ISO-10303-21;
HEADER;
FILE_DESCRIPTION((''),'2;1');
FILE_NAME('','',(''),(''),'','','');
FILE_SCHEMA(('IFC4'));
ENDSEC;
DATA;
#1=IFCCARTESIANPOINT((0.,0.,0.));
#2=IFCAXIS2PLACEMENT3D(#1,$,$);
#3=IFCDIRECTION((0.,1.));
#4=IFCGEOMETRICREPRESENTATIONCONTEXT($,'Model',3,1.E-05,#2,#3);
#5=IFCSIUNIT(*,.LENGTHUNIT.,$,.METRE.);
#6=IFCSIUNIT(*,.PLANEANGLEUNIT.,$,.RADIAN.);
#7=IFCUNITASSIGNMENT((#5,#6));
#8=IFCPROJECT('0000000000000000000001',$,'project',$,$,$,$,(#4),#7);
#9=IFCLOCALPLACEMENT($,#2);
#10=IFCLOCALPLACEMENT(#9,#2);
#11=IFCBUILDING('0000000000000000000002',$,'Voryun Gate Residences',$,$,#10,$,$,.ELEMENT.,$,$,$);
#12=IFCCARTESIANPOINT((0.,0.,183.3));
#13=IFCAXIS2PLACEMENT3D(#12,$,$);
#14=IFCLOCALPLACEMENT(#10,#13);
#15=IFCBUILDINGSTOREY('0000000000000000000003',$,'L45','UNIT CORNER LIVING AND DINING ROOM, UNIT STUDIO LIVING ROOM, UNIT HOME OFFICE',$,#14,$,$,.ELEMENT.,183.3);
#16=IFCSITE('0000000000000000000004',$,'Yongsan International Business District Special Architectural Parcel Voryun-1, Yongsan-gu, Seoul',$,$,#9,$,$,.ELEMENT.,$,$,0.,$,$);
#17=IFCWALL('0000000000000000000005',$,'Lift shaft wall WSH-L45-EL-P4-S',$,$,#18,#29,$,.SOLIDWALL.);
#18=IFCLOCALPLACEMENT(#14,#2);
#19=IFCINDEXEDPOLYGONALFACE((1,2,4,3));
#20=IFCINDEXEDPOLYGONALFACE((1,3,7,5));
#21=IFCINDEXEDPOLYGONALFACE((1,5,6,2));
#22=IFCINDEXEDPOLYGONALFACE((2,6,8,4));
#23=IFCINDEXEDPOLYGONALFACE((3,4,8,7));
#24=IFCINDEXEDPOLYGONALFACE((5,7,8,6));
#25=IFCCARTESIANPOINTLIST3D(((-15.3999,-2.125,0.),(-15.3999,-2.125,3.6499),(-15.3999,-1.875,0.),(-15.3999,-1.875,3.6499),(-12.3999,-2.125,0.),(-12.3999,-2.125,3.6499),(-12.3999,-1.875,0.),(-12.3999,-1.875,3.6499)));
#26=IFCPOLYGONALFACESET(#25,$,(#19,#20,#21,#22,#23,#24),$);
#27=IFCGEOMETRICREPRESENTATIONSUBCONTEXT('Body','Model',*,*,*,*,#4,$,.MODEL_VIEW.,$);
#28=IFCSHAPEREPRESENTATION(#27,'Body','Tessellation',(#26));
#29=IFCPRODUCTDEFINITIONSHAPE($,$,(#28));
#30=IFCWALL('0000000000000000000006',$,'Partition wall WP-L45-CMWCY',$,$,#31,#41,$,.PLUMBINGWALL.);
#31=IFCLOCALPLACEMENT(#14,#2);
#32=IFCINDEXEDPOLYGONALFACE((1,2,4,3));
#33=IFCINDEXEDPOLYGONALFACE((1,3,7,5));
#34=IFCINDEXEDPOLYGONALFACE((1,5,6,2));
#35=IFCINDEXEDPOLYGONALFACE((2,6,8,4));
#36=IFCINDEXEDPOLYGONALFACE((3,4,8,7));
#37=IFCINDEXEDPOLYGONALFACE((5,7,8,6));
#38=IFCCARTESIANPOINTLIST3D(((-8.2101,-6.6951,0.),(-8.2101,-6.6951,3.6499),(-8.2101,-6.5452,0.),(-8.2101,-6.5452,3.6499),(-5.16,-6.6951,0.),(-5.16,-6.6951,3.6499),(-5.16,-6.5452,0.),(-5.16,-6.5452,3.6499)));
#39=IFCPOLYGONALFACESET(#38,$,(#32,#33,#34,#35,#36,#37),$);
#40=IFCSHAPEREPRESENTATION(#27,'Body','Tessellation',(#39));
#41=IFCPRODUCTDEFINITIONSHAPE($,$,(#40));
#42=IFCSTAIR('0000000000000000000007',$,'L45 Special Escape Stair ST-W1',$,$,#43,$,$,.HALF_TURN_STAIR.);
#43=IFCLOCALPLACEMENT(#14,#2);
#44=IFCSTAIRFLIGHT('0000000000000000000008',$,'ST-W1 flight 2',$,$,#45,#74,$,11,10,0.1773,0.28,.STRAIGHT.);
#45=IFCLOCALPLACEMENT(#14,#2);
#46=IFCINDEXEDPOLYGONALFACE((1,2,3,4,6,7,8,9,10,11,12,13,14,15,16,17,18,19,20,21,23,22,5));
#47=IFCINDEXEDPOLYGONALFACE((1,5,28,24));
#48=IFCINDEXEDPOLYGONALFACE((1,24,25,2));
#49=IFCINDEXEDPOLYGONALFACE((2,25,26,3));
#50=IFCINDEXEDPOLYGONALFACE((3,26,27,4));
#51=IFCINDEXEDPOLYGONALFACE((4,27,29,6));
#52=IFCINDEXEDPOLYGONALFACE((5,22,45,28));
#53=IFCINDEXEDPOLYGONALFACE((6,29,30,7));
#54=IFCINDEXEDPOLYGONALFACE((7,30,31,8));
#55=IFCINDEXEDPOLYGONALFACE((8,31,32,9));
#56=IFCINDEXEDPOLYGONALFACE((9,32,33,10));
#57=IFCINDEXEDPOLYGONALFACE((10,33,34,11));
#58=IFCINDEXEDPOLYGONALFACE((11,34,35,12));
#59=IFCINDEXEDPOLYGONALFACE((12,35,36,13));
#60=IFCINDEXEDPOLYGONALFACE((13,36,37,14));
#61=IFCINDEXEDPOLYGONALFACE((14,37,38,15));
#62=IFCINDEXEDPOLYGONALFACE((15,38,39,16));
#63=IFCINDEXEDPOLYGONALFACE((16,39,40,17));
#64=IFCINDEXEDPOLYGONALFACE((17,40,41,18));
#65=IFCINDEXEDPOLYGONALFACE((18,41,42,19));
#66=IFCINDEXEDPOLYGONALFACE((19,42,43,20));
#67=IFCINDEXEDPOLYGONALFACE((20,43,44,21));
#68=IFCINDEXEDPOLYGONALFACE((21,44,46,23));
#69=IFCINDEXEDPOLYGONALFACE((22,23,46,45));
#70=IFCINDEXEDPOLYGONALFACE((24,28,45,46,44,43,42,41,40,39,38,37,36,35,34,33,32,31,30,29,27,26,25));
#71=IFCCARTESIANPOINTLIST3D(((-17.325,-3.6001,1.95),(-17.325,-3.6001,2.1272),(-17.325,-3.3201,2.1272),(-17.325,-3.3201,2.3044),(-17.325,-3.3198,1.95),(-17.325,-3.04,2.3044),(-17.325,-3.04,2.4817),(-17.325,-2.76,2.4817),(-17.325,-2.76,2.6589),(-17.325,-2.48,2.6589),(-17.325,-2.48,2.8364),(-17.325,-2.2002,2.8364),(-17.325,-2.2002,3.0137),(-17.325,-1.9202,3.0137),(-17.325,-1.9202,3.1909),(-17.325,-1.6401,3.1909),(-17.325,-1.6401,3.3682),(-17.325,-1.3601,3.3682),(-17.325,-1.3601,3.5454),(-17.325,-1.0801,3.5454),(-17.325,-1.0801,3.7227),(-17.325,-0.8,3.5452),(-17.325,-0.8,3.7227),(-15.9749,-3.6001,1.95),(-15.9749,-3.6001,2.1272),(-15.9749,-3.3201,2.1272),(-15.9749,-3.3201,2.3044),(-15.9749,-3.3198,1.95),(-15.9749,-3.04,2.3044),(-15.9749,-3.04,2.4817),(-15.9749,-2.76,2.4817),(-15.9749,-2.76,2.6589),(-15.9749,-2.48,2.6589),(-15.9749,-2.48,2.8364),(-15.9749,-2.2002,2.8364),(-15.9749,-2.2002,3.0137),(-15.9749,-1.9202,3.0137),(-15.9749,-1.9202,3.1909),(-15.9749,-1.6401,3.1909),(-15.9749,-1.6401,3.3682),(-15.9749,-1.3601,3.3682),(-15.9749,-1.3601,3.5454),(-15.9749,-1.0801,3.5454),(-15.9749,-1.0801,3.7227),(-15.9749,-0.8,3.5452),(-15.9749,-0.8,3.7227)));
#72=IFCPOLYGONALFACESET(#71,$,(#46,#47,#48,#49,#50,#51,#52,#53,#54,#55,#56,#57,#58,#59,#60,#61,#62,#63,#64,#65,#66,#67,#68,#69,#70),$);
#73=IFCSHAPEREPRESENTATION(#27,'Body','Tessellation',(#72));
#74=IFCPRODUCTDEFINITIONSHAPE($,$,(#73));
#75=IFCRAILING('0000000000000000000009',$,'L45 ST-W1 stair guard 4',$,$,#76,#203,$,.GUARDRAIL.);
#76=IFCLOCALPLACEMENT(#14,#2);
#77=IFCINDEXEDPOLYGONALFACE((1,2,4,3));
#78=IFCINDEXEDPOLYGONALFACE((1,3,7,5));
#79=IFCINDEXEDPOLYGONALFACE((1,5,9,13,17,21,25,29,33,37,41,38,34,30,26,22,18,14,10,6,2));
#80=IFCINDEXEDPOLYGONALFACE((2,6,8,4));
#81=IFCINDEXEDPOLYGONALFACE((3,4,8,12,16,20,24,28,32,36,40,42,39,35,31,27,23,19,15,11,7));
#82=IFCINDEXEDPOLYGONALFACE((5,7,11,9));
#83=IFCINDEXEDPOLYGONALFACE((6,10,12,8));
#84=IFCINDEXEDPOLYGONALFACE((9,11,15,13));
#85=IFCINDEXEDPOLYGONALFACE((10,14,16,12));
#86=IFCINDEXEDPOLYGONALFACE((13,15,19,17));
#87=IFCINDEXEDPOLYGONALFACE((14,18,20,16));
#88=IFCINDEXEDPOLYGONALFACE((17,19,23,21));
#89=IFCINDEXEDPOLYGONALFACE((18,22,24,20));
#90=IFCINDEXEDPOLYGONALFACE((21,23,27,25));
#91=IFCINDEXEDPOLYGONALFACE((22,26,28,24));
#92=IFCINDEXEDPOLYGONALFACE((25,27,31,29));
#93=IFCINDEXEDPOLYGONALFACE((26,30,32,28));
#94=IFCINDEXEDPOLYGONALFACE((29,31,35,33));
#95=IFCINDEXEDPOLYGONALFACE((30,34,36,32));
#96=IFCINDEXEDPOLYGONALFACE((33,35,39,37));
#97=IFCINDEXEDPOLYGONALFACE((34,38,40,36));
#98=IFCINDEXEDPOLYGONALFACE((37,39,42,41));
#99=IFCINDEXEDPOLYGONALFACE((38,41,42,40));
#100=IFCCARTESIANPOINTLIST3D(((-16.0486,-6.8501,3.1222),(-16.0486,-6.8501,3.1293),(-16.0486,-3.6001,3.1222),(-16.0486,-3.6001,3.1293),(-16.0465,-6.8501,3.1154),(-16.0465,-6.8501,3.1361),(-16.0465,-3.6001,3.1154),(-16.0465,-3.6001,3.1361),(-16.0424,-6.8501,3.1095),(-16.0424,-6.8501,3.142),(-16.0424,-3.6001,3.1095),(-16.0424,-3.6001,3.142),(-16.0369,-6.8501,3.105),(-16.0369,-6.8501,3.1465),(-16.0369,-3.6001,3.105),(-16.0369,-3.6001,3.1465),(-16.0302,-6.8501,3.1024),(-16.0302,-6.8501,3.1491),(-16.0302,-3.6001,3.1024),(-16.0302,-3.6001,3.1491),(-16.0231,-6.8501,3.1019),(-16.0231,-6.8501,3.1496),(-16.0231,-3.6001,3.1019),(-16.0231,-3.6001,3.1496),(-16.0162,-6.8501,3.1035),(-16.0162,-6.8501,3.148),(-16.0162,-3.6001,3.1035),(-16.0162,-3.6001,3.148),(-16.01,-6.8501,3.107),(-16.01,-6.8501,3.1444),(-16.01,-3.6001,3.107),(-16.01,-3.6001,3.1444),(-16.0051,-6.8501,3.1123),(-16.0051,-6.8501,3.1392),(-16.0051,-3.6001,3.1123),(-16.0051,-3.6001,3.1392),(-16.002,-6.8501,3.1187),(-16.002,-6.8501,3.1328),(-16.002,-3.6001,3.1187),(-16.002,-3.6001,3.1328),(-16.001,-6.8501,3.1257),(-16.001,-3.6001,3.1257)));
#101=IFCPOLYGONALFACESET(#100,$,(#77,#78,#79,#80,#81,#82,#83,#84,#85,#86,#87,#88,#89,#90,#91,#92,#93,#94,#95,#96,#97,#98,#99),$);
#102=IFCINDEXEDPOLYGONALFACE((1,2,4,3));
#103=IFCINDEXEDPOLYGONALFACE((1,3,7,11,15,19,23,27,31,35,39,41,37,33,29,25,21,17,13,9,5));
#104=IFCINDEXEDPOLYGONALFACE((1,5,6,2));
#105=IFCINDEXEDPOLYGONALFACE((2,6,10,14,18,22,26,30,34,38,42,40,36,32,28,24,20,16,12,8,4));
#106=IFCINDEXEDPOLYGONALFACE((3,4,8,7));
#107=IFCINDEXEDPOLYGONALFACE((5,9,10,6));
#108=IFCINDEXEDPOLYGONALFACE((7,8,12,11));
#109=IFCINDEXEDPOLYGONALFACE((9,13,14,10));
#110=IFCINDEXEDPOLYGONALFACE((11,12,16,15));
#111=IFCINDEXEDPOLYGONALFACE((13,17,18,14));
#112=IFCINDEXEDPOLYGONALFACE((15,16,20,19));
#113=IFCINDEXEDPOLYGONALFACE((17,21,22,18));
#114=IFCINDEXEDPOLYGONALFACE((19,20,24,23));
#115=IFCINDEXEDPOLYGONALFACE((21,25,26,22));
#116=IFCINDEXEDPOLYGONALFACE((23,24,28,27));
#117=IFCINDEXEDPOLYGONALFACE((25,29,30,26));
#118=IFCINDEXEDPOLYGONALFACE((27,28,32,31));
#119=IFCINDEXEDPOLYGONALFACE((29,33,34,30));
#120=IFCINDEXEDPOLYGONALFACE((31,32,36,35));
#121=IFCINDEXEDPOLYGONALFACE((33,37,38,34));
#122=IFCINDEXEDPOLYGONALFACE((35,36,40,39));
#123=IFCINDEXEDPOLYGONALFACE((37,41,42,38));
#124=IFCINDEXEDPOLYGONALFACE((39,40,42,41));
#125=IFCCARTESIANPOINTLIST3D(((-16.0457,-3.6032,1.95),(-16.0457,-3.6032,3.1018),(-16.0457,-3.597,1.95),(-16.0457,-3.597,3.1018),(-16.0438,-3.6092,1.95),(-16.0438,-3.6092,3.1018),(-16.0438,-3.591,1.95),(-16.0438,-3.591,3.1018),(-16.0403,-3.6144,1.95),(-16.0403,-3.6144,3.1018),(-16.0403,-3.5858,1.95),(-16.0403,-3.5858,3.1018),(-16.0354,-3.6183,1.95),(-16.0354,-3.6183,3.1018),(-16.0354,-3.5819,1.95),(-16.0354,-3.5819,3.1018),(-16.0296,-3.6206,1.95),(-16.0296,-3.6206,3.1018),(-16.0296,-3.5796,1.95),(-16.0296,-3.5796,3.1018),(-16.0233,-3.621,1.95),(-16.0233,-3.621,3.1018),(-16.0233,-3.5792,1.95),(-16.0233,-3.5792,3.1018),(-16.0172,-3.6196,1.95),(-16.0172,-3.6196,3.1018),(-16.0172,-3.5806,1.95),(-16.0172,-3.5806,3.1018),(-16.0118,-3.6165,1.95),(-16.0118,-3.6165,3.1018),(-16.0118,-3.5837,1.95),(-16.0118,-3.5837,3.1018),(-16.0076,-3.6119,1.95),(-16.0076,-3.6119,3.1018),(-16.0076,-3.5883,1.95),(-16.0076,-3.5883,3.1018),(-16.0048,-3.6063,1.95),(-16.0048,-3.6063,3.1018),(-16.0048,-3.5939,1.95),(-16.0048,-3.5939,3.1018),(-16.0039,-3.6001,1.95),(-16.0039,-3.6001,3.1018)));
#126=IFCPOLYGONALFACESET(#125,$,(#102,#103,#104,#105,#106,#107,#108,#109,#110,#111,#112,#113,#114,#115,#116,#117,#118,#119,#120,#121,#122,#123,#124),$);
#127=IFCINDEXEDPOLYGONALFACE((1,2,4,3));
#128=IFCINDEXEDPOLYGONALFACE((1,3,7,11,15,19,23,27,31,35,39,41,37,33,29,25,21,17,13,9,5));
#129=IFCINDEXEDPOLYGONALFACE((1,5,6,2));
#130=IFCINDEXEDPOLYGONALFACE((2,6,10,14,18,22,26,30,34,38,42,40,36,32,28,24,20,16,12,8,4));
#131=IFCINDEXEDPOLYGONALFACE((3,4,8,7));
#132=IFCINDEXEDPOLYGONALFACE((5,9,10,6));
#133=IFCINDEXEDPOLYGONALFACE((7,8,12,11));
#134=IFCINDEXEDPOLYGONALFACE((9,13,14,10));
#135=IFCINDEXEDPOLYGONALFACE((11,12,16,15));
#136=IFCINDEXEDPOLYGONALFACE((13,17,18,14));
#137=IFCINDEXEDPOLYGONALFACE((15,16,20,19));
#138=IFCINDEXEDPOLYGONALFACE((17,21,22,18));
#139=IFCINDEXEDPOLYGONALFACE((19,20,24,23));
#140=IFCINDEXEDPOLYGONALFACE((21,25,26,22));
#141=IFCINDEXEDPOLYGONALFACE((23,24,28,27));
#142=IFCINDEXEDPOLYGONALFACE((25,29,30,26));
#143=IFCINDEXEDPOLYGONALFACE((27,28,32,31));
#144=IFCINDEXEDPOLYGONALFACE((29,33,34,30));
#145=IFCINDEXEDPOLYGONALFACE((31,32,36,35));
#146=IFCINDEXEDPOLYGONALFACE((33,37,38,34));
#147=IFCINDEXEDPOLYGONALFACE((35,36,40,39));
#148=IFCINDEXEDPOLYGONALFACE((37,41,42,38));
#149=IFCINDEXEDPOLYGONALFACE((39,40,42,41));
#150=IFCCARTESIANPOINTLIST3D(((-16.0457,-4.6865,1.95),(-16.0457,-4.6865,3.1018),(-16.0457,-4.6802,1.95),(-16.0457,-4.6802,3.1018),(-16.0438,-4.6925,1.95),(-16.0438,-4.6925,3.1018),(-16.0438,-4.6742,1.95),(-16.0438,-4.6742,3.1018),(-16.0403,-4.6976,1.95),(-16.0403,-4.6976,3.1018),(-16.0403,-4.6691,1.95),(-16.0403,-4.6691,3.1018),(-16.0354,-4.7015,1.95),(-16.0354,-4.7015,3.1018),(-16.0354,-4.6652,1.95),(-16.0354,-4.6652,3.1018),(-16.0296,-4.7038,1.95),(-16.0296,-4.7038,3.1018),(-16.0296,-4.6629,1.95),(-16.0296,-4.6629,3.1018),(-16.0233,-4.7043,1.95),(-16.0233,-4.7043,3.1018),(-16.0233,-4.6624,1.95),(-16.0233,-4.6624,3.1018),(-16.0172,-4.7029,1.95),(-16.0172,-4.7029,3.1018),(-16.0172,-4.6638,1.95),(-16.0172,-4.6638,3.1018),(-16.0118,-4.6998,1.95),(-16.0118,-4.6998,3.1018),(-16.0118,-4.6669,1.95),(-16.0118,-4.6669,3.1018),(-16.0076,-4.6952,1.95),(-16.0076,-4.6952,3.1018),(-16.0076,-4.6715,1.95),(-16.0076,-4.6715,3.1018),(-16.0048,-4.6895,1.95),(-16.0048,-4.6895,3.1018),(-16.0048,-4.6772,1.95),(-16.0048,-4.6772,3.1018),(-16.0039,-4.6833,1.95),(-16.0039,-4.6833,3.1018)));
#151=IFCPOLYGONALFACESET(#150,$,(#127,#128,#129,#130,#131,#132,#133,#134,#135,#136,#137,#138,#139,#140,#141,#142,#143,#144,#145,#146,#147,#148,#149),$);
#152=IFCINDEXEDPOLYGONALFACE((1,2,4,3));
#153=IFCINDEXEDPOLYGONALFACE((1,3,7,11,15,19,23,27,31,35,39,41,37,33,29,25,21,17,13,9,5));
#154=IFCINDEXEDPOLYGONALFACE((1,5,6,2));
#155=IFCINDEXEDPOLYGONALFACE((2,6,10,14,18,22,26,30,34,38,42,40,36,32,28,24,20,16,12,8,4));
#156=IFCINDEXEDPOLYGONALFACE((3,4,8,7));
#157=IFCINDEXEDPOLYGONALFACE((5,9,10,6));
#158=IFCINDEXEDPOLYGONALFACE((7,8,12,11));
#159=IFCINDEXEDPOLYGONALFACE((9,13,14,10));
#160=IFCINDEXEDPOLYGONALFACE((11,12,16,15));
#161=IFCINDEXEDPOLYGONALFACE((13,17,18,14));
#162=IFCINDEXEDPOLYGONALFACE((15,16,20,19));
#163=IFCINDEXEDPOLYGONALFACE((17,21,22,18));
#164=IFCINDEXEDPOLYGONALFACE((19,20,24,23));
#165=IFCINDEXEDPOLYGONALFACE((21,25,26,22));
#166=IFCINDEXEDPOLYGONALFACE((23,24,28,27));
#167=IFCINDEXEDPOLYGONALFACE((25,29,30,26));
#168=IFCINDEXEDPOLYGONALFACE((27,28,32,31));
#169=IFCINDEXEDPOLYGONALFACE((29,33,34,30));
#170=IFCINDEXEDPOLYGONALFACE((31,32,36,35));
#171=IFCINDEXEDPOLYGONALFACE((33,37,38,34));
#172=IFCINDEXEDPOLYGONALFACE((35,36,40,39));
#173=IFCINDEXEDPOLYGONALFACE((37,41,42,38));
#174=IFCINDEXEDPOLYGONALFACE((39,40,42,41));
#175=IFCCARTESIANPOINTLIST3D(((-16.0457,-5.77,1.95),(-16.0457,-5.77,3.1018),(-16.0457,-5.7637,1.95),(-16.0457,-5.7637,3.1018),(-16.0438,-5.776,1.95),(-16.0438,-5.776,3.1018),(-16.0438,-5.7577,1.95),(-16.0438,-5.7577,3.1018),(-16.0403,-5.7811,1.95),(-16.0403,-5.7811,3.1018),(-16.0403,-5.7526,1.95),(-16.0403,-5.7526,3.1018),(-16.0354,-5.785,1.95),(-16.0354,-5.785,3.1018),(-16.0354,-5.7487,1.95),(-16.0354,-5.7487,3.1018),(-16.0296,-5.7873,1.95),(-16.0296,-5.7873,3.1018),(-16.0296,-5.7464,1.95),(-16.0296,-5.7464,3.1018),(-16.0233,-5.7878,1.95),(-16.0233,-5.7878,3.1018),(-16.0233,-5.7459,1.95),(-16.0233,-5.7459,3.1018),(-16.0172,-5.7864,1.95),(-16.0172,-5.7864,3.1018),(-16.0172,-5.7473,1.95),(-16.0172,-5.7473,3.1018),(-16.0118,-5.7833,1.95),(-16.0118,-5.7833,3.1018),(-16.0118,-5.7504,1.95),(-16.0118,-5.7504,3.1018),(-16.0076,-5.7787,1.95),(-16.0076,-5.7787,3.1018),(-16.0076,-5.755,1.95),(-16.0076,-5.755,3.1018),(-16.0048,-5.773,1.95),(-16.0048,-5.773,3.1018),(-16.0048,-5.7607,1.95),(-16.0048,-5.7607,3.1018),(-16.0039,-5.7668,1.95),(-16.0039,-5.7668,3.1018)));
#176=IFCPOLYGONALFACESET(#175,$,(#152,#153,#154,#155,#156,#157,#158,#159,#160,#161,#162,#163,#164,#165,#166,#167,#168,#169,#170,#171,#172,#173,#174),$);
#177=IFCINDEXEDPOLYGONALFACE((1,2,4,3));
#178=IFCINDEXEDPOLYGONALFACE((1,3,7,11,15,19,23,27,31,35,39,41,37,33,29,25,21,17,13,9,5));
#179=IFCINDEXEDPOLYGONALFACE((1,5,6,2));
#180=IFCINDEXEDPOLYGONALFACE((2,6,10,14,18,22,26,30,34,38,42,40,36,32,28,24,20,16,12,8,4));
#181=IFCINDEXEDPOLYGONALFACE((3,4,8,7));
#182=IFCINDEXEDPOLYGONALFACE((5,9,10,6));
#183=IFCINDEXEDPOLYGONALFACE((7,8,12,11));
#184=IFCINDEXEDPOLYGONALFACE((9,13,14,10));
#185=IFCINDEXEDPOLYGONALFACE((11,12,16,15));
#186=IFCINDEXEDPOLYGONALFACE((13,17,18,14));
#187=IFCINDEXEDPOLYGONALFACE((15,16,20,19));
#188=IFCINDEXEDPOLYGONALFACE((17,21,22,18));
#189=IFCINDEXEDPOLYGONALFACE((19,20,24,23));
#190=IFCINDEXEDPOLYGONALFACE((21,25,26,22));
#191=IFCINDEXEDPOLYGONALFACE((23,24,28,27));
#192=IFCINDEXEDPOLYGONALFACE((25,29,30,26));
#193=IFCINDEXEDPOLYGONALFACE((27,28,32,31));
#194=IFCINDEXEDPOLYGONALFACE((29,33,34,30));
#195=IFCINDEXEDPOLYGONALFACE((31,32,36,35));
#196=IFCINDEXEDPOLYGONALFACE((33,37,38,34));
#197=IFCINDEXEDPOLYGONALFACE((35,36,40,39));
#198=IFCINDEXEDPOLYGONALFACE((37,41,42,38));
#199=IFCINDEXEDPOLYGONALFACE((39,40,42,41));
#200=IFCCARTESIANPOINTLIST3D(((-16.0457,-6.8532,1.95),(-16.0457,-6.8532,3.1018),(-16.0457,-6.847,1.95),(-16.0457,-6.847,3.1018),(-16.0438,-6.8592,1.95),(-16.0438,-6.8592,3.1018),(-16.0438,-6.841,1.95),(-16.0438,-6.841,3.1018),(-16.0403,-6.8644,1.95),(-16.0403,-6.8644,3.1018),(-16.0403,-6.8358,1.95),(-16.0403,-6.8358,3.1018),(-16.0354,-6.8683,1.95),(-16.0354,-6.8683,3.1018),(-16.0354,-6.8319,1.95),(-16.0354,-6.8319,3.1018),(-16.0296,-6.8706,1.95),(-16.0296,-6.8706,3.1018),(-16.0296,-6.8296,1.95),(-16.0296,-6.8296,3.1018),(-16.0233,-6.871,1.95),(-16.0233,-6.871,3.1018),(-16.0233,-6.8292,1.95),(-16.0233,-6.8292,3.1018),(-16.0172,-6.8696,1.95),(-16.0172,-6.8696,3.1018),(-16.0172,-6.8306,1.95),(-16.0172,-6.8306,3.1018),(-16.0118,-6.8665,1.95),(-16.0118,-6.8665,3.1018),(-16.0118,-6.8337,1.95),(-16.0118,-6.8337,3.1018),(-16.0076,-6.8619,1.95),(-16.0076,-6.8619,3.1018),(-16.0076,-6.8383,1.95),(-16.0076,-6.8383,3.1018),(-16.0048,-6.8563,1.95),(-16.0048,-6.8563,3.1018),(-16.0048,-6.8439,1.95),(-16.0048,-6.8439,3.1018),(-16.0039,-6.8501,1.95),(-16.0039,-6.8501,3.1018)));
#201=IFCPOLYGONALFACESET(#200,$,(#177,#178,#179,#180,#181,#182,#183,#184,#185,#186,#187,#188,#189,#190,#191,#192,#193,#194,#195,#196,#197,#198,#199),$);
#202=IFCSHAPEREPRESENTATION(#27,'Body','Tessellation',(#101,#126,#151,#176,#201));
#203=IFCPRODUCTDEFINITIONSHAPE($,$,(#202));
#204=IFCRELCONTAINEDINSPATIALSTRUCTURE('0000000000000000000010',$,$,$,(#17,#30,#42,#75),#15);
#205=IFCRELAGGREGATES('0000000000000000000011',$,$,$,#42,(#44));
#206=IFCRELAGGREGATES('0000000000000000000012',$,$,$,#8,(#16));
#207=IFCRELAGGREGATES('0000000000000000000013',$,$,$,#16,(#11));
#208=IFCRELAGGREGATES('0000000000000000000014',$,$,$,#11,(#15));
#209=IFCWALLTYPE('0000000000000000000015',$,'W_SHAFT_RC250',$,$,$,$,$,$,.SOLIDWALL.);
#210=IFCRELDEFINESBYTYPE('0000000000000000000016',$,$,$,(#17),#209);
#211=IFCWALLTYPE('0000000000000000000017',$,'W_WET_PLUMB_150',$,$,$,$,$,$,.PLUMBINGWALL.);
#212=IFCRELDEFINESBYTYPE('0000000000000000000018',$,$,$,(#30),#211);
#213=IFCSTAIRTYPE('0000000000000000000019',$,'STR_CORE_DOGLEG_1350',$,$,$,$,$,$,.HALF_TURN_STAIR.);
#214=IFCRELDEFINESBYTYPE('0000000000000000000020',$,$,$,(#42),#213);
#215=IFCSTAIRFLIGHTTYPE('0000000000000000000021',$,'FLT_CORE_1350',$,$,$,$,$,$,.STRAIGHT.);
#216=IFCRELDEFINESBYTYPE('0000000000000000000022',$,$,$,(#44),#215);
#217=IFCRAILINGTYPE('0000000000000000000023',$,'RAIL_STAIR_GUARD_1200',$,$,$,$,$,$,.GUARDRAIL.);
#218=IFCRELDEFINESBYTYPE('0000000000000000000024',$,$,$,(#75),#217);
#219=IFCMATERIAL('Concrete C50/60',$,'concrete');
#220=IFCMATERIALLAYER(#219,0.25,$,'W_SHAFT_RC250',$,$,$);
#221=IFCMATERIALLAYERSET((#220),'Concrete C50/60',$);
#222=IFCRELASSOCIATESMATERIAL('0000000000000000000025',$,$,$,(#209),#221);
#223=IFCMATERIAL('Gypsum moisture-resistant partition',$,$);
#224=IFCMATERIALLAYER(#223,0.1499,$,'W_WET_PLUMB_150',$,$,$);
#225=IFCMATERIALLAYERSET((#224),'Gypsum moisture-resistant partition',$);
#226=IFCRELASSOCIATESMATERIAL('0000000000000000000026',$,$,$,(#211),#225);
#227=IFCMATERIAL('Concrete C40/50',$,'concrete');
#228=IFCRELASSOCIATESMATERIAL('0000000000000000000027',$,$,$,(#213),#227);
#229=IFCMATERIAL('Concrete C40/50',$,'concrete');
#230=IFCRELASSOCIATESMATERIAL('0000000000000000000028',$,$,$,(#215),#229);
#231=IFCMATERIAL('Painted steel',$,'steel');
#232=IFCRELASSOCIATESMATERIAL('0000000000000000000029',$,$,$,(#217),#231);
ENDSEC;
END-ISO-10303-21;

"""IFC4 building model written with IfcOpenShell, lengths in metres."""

from ifc_helpers import new_model, si_unit, direction, frame, frame_2d, origin, origin_2d, place, context, subcontext, project, spatial, polyline, rectangle, circle, outline, extrude, material, layer, layer_set, type_object, element, aggregate, save


model = new_model("IFC4")

# Units and contexts
model_context = context("Model", 3, precision=1e-05, world=origin(), true_north=direction((0.0, 1.0)))
body_context = subcontext(model_context, "Body", "Model", "MODEL_VIEW")
ifc_project = project(units=[si_unit("LENGTHUNIT", "METRE"), si_unit("PLANEANGLEUNIT", "RADIAN")], contexts=[model_context])

# Site, building, storey
site_placement = place(None, origin())
site = spatial("IfcSite", under=ifc_project, at=site_placement, Name="Yongsan International Business District Special Architectural Parcel Voryun-1, Yongsan-gu, Seoul", CompositionType="ELEMENT", RefElevation=0.0)
building_placement = place(site_placement, origin())
building = spatial("IfcBuilding", under=site, at=building_placement, Name="Voryun Gate Residences", CompositionType="ELEMENT")
storey_placement = place(building_placement, frame((0.0, 0.0, 183.3)))
storey = spatial("IfcBuildingStorey", under=building, at=storey_placement, Name="L45", Description="UNIT CORNER LIVING AND DINING ROOM, UNIT STUDIO LIVING ROOM, UNIT HOME OFFICE", CompositionType="ELEMENT", Elevation=183.3)

# Walls
ifc_material_1 = material(Name="Concrete C50/60", Category="concrete")
ifc_layer_1 = layer(ifc_material_1, 0.25, Name="W_SHAFT_RC250")
ifc_layer_set_1 = layer_set([ifc_layer_1], Name="Concrete C50/60")
wall_type_1 = type_object("IfcWallType", Name="W_SHAFT_RC250", PredefinedType="SOLIDWALL", material=ifc_layer_set_1)
wall_1_placement = place(storey_placement, frame((-15.3999, -2.0, 0.0), z_axis=(0.0, 0.0, 1.0), x_axis=(1.0, 0.0, 0.0)))
element("IfcWall", 1, at=wall_1_placement, inside=storey, type_object=wall_type_1, Name="Lift shaft wall WSH-L45-EL-P4-S", PredefinedType="SOLIDWALL", context=body_context, shape_type="SweptSolid", body=[
    extrude(rectangle(XDim=3.0, YDim=0.25, at=frame_2d((1.5, 0.0))), origin(), (0.0, 0.0, 1.0), 3.6499),
])
ifc_material_2 = material(Name="Gypsum moisture-resistant partition")
ifc_layer_2 = layer(ifc_material_2, 0.1499, Name="W_WET_PLUMB_150")
ifc_layer_set_2 = layer_set([ifc_layer_2], Name="Gypsum moisture-resistant partition")
wall_type_2 = type_object("IfcWallType", Name="W_WET_PLUMB_150", PredefinedType="PLUMBINGWALL", material=ifc_layer_set_2)
wall_2_placement = place(storey_placement, frame((-8.21, -6.6201, 0.0), z_axis=(0.0, 0.0, 1.0), x_axis=(1.0, 0.0, 0.0)))
element("IfcWall", 2, at=wall_2_placement, inside=storey, type_object=wall_type_2, Name="Partition wall WP-L45-CMWCY", PredefinedType="PLUMBINGWALL", context=body_context, shape_type="SweptSolid", body=[
    extrude(rectangle(XDim=3.05, YDim=0.1499, at=frame_2d((1.5249, 0.0))), origin(), (0.0, 0.0, 1.0), 3.6499),
])

# Stair, stair flight
ifc_material_3 = material(Name="Concrete C40/50", Category="concrete")
stair_type = type_object("IfcStairType", Name="STR_CORE_DOGLEG_1350", PredefinedType="HALF_TURN_STAIR", material=ifc_material_3)
stair_placement = place(storey_placement, origin())
stair = element("IfcStair", 3, at=stair_placement, inside=storey, type_object=stair_type, Name="L45 Special Escape Stair ST-W1", PredefinedType="HALF_TURN_STAIR")
ifc_material_4 = material(Name="Concrete C40/50", Category="concrete")
stair_flight_type = type_object("IfcStairFlightType", Name="FLT_CORE_1350", PredefinedType="STRAIGHT", material=ifc_material_4)
stair_flight_placement = place(storey_placement, frame((-16.6499, -3.6001, 1.95), z_axis=(0.0, 0.0, 1.0), x_axis=(0.0, 1.0, 0.0)))
stair_flight = element("IfcStairFlight", 4, at=stair_flight_placement, type_object=stair_flight_type, Name="ST-W1 flight 2", NumberOfRisers=11, NumberOfTreads=10, PredefinedType="STRAIGHT", RiserHeight=0.1773, TreadLength=0.28, context=body_context, shape_type="SweptSolid", body=[
    extrude(outline(polyline([(0.0, 0.0), (0.0, 0.1772), (0.28, 0.1772), (0.28, 0.3545), (0.5601, 0.3545), (0.5601, 0.5317), (0.8401, 0.5317), (0.8401, 0.709), (1.1201, 0.709), (1.1201, 0.8865), (1.3999, 0.8865), (1.3999, 1.0637), (1.6799, 1.0637), (1.6799, 1.241), (1.96, 1.241), (1.96, 1.4182), (2.24, 1.4182), (2.24, 1.5955), (2.52, 1.5955), (2.52, 1.7727), (2.8, 1.7727), (2.8, 1.95), (2.8, 1.5952), (0.2803, 0.0), (0.0, 0.0)])), frame((0.0, 0.675, 0.0), z_axis=(0.0, -1.0, 0.0), x_axis=(1.0, 0.0, 0.0)), (0.0, 0.0, 1.0), 1.3501),
])
aggregate(stair, [stair_flight])

# Railing
ifc_material_5 = material(Name="Painted steel", Category="steel")
railing_type_1 = type_object("IfcRailingType", Name="RAIL_STAIR_GUARD_1200", PredefinedType="GUARDRAIL", material=ifc_material_5)
railing_1_placement = place(storey_placement, frame((-16.0249, -3.6001, 1.95)))
element("IfcRailing", 5, at=railing_1_placement, inside=storey, type_object=railing_type_1, Name="L45 ST-W1 stair guard 4", PredefinedType="GUARDRAIL", context=body_context, shape_type="SweptSolid", body=[
    extrude(circle(Radius=0.0239, at=origin_2d()), frame((0.0, 0.0, 1.1758), z_axis=(0.0, -1.0, 0.0), x_axis=(1.0, 0.0, 0.0)), (0.0, 0.0, 1.0), 3.25),
    extrude(circle(Radius=0.021, at=origin_2d()), origin(), (0.0, 0.0, 1.0), 1.1519),
    extrude(circle(Radius=0.021, at=origin_2d()), frame((0.0, -1.0833, 0.0)), (0.0, 0.0, 1.0), 1.1519),
    extrude(circle(Radius=0.021, at=origin_2d()), frame((0.0, -2.1667, 0.0)), (0.0, 0.0, 1.0), 1.1519),
    extrude(circle(Radius=0.021, at=origin_2d()), frame((0.0, -3.25, 0.0)), (0.0, 0.0, 1.0), 1.1519),
])

save(model, "model.ifc")
